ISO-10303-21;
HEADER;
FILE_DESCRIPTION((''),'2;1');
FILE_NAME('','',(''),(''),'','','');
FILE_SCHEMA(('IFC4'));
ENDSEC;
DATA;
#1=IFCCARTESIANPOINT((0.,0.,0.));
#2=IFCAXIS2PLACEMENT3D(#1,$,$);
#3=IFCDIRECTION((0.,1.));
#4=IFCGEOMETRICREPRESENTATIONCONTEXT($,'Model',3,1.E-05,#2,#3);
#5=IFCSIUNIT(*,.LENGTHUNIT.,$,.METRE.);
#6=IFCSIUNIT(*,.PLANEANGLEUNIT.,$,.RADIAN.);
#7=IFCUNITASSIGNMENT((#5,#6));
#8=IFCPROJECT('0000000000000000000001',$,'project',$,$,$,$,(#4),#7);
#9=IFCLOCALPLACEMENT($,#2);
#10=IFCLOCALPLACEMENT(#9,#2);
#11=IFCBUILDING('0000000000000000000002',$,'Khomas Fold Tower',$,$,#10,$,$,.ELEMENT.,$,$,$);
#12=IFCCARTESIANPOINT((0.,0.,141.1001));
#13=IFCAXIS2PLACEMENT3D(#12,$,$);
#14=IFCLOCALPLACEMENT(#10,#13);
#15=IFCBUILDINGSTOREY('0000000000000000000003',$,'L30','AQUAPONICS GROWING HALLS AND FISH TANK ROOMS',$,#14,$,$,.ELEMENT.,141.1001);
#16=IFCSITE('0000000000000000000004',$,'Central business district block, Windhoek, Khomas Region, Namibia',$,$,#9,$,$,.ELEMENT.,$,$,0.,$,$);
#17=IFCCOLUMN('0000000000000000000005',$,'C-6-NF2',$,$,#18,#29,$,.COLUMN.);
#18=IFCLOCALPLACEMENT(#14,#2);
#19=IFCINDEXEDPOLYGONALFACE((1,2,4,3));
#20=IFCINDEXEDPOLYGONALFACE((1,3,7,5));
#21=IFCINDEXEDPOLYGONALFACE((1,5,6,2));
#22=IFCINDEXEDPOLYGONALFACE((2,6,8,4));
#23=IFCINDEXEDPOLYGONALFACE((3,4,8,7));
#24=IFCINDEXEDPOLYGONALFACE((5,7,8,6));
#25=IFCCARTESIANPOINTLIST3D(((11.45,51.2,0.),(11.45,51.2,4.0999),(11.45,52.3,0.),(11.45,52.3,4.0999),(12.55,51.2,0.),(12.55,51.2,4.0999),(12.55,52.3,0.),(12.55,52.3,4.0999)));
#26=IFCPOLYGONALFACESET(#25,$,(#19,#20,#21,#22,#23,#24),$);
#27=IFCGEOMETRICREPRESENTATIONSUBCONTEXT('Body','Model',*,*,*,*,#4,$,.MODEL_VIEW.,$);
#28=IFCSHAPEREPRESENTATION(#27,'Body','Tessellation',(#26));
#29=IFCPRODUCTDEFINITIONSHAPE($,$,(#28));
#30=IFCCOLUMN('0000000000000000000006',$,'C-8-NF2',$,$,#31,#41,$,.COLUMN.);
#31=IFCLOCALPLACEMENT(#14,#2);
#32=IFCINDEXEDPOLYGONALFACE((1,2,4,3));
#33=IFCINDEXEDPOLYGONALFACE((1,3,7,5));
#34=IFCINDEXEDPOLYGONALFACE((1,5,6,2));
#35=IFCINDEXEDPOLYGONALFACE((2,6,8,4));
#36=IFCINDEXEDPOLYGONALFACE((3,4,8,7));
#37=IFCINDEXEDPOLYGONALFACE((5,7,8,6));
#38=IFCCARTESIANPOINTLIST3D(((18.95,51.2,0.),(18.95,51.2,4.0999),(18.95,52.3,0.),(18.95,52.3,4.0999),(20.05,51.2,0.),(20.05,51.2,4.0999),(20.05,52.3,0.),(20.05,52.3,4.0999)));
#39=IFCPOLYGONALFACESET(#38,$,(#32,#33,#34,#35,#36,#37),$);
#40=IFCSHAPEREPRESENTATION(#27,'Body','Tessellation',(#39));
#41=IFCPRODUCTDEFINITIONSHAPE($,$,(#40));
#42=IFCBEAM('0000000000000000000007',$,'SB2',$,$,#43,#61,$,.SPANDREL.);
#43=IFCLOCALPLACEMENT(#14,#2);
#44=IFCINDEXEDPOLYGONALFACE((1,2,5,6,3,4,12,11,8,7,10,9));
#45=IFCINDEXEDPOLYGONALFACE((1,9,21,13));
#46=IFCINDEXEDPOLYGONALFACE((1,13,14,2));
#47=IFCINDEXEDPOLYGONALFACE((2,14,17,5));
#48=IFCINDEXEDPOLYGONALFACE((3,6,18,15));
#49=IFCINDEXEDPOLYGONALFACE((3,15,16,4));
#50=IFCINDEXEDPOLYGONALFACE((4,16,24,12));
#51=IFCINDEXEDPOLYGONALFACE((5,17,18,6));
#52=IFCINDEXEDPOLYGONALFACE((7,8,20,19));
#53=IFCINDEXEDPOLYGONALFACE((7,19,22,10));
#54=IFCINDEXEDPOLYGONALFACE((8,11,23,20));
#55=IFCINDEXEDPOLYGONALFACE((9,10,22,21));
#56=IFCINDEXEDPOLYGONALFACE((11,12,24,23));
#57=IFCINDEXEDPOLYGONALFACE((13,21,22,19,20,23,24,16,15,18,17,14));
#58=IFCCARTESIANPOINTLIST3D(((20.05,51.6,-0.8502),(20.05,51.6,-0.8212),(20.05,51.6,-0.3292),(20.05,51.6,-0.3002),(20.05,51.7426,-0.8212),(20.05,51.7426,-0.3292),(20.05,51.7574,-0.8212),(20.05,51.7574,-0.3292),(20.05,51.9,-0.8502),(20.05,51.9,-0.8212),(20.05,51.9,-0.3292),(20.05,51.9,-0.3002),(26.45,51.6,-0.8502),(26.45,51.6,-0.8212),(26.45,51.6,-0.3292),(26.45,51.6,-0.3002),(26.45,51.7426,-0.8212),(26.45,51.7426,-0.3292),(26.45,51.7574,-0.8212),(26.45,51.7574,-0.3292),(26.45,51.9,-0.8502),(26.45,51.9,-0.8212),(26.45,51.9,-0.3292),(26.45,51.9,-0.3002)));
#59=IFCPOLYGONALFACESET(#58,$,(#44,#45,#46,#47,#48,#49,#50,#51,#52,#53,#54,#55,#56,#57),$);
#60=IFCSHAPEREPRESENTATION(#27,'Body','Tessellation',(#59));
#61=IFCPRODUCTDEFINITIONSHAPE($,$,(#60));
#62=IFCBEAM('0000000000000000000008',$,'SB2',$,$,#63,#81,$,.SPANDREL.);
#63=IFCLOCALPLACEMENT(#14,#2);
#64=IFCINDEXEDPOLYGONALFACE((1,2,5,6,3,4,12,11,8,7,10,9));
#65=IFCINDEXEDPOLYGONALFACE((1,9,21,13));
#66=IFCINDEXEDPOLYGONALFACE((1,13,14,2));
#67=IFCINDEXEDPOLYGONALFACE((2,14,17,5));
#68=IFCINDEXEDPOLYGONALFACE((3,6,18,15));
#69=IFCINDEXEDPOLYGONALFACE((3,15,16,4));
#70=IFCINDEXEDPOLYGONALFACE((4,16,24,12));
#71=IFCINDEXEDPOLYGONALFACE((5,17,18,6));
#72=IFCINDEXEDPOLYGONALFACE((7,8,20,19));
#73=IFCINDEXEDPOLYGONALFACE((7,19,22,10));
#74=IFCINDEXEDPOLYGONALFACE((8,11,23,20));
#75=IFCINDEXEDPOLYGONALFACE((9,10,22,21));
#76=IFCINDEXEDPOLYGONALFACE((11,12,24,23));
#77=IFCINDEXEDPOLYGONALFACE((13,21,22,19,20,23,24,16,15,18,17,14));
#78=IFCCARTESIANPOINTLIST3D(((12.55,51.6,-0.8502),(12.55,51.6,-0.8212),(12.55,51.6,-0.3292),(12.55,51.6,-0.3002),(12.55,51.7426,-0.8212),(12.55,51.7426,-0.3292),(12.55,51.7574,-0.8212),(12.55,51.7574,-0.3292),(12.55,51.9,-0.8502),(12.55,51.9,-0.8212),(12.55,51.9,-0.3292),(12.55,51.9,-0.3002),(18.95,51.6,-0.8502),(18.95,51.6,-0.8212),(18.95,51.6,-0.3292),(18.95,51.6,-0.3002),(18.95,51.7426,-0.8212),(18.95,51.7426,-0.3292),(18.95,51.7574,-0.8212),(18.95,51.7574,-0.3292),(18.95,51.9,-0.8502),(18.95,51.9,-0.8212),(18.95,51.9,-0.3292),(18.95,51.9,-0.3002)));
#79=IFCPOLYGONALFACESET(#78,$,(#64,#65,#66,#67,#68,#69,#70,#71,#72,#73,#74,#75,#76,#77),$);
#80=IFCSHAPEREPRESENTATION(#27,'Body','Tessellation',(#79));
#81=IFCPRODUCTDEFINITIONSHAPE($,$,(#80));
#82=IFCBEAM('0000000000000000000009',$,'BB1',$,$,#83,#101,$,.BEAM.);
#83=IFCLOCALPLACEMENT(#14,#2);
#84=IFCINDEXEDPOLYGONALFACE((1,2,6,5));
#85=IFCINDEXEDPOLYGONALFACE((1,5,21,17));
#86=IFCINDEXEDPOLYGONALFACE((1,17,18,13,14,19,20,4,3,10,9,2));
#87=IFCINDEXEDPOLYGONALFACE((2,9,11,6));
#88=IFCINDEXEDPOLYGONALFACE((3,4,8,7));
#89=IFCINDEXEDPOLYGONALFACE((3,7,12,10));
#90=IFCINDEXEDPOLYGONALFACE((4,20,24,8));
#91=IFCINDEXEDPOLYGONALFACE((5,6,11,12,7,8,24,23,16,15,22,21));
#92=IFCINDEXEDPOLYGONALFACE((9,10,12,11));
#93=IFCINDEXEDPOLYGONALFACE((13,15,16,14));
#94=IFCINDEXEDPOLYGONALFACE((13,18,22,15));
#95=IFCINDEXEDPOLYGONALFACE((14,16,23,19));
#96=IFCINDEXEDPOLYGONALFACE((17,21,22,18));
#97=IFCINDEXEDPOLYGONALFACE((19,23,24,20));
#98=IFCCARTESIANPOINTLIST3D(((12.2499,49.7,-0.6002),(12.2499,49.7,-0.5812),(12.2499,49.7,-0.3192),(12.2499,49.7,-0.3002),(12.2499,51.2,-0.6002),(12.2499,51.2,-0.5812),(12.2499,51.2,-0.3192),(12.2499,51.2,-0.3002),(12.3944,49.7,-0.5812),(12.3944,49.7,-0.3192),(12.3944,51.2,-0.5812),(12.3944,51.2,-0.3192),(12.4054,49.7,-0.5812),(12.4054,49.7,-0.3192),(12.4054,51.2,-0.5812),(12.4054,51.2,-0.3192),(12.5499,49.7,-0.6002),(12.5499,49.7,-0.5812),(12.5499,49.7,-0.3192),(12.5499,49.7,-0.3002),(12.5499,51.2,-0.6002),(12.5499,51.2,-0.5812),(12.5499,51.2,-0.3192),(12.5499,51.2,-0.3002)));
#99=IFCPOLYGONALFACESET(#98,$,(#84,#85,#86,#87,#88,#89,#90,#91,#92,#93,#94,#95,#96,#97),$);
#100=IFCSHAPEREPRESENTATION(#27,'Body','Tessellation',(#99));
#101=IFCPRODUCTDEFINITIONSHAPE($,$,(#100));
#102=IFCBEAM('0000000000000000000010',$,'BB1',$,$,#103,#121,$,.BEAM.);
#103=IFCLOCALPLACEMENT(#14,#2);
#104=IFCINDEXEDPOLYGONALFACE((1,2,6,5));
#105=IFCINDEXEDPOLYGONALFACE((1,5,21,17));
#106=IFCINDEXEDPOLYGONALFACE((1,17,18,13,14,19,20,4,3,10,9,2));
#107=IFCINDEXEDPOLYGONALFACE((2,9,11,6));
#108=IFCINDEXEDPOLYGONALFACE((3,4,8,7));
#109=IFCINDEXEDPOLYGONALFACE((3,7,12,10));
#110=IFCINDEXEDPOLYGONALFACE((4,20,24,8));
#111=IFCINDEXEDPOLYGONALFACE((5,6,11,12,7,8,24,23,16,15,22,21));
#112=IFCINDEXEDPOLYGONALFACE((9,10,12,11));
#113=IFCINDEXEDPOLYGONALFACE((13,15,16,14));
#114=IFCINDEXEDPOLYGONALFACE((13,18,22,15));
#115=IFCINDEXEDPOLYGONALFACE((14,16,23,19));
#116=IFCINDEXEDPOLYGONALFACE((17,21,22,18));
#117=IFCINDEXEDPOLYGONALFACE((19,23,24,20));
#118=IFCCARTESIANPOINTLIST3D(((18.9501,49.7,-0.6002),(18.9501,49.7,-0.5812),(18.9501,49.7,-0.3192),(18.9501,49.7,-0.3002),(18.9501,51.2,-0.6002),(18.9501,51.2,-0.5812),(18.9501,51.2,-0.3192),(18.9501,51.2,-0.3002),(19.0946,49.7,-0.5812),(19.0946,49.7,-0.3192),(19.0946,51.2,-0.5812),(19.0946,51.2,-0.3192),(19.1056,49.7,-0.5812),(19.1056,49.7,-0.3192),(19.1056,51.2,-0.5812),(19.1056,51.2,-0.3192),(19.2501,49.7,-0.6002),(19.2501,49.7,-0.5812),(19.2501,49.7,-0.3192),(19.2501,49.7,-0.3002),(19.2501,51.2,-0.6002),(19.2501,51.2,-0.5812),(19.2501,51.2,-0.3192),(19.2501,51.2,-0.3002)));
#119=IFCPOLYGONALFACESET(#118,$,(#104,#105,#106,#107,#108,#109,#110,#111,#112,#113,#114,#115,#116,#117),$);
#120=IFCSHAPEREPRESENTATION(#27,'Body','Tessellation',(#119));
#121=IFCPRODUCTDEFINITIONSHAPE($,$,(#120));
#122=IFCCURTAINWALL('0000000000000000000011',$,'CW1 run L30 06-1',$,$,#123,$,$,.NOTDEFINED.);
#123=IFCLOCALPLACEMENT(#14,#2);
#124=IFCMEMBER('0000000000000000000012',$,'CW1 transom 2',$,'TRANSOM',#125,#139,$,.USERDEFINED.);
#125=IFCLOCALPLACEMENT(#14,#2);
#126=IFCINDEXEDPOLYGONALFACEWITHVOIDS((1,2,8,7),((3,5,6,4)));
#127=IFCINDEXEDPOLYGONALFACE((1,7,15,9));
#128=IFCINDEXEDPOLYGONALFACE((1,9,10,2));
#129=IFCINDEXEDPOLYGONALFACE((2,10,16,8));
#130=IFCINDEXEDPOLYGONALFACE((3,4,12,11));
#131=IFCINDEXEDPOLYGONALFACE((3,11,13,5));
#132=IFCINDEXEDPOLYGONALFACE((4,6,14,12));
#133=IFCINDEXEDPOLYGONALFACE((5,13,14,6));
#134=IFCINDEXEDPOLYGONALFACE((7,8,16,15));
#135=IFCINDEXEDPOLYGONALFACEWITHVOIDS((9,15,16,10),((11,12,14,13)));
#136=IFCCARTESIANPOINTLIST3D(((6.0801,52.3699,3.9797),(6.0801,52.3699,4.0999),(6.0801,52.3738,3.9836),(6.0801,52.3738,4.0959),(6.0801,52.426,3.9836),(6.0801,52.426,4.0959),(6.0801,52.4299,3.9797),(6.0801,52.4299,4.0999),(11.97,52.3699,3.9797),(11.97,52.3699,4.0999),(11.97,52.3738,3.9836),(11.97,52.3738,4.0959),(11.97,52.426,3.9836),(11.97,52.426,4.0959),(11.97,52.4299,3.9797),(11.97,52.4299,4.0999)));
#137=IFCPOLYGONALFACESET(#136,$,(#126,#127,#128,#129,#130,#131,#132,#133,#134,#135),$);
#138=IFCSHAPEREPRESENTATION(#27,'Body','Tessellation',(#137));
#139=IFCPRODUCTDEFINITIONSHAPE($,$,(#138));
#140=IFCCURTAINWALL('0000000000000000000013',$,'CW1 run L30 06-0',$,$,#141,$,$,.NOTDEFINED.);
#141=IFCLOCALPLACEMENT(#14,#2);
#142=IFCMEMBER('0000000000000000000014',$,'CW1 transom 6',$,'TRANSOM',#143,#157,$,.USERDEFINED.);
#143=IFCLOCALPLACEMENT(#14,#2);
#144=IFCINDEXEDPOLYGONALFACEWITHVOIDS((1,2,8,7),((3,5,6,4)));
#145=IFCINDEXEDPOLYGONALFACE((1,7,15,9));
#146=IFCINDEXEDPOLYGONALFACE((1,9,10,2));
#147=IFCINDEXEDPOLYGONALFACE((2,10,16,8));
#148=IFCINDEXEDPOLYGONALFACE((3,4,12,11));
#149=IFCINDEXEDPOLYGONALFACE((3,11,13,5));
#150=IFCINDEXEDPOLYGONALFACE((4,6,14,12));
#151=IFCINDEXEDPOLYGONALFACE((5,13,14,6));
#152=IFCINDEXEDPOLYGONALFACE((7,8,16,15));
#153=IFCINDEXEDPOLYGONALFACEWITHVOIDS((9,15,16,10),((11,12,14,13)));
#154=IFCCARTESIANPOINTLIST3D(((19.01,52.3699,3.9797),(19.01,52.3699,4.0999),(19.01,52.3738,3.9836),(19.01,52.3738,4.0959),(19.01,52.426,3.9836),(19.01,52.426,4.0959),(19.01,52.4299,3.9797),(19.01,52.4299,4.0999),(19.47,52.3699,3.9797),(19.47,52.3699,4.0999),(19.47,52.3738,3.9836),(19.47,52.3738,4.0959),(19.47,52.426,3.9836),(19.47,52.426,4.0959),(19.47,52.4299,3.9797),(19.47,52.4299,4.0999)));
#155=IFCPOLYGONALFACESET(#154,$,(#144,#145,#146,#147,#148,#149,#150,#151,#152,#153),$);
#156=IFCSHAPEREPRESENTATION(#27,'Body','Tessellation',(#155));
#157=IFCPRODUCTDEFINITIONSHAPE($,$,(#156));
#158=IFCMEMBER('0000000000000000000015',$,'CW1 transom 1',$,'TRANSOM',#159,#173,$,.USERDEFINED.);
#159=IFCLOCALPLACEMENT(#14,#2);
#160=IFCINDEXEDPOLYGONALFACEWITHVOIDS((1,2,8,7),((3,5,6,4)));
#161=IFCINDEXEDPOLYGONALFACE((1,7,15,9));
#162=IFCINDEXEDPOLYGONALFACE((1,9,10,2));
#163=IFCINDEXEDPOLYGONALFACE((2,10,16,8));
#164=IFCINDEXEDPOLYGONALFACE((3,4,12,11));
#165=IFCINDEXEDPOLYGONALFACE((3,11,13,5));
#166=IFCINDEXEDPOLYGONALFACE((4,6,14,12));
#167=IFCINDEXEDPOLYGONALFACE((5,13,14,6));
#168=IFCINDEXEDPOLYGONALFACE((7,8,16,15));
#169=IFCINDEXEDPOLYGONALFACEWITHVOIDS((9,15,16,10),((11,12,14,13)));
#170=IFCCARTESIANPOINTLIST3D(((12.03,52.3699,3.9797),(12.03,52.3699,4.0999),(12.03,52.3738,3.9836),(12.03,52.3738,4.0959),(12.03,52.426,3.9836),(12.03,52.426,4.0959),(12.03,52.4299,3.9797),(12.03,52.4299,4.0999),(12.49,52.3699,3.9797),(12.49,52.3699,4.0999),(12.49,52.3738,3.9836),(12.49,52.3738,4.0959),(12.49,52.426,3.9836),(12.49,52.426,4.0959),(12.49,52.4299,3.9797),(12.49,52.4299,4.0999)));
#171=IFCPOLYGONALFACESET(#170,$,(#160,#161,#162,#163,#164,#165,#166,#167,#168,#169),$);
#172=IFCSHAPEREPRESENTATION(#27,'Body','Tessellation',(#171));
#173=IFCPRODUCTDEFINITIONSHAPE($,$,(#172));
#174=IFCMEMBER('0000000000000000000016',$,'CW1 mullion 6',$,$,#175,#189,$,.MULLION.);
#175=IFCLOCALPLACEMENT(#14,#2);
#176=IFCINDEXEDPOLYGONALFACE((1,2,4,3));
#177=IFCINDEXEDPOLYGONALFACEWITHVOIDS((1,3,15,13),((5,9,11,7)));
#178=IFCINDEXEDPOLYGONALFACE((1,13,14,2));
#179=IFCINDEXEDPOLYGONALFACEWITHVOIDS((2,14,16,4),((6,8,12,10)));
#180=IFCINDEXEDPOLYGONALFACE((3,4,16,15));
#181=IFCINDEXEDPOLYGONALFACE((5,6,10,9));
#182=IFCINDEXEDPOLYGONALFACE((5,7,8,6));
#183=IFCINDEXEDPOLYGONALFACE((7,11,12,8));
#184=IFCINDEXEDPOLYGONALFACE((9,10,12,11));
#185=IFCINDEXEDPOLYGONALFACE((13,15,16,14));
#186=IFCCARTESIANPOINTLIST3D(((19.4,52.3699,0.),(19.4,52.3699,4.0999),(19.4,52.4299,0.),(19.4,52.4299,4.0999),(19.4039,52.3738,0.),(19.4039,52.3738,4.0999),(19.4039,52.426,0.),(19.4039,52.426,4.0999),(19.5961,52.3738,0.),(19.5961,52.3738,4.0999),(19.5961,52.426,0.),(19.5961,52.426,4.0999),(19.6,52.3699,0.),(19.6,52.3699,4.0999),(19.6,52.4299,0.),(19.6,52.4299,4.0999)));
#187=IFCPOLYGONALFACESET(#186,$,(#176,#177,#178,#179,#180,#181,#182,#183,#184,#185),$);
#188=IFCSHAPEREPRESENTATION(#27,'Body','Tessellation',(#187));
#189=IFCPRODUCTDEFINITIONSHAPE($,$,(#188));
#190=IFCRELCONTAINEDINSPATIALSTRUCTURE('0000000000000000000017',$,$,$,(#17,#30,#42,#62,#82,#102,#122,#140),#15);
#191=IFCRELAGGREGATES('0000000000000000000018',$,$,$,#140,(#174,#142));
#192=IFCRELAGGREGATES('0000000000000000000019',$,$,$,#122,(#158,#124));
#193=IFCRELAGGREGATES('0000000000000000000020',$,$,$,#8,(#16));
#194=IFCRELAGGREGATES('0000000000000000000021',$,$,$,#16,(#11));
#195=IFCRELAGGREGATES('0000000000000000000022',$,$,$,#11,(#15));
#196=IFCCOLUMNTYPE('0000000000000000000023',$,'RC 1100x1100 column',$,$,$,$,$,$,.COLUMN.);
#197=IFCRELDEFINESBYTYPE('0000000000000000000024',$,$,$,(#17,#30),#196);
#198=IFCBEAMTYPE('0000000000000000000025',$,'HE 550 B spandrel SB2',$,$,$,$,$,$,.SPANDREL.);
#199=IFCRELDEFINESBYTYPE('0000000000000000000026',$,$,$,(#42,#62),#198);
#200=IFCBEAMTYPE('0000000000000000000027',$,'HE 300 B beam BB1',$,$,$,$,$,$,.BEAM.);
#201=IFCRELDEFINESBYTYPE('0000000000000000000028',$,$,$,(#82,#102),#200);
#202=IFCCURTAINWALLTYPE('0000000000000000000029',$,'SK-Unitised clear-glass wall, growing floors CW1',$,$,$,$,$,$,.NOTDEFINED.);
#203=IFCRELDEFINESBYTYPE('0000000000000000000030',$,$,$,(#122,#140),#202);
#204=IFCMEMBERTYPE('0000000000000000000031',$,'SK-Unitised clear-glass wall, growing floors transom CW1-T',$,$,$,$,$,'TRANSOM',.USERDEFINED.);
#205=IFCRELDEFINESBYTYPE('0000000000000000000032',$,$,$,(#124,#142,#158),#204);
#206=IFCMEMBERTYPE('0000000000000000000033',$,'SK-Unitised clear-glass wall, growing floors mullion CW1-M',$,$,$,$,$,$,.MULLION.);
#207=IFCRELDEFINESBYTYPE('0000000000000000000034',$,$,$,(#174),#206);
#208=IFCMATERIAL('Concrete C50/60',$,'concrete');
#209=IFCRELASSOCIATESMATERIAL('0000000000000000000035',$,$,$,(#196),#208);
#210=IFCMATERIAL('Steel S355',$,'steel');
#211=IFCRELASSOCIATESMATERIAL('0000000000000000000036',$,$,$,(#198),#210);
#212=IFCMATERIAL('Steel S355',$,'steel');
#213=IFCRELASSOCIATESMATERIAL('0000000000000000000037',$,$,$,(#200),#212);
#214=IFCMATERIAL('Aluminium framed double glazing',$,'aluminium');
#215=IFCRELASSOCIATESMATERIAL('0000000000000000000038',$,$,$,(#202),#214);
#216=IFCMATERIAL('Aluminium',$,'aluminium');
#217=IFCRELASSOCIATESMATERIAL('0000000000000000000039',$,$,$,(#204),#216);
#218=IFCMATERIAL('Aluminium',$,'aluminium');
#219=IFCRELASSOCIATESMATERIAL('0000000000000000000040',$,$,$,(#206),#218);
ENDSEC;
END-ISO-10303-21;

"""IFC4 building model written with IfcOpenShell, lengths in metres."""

from ifc_helpers import new_model, si_unit, direction, frame, origin, origin_2d, place, context, subcontext, project, spatial, rectangle, hollow_rectangle, i_section, extrude, source, transform, mapped, material, material_profile, profile_set, type_object, element, aggregate, save


model = new_model("IFC4")

# Units and contexts
model_context = context("Model", 3, precision=1e-05, world=origin(), true_north=direction((0.0, 1.0)))
body_context = subcontext(model_context, "Body", "Model", "MODEL_VIEW")
ifc_project = project(units=[si_unit("LENGTHUNIT", "METRE"), si_unit("PLANEANGLEUNIT", "RADIAN")], contexts=[model_context])

# Site, building, storey
site_placement = place(None, origin())
site = spatial("IfcSite", under=ifc_project, at=site_placement, Name="Central business district block, Windhoek, Khomas Region, Namibia", CompositionType="ELEMENT", RefElevation=0.0)
building_placement = place(site_placement, origin())
building = spatial("IfcBuilding", under=site, at=building_placement, Name="Khomas Fold Tower", CompositionType="ELEMENT")
storey_placement = place(building_placement, frame((0.0, 0.0, 141.1001)))
storey = spatial("IfcBuildingStorey", under=building, at=storey_placement, Name="L30", Description="AQUAPONICS GROWING HALLS AND FISH TANK ROOMS", CompositionType="ELEMENT", Elevation=141.1001)

# Columns
ifc_material_1 = material(Name="Concrete C50/60", Category="concrete")
ifc_material_profile_1 = material_profile(ifc_material_1, rectangle(XDim=1.1001, YDim=1.1001, at=origin_2d()), Name="RC 1100x1100")
ifc_profile_set_1 = profile_set([ifc_material_profile_1], Name="Concrete C50/60")
column_type = type_object("IfcColumnType", Name="RC 1100x1100 column", PredefinedType="COLUMN", material=ifc_profile_set_1)
shared_shape_1 = source(origin(), body_context, "Body", "SweptSolid", [
    extrude(rectangle(XDim=1.1001, YDim=1.1001, at=origin_2d()), origin(), (0.0, 0.0, 1.0), 4.0999),
])
for number, where, z_axis, x_axis, name in (
    (1, (12.0, 51.75, 0.0), (0.0, 0.0, 1.0), (1.0, 0.0, 0.0), "C-6-NF2"),
    (2, (19.5, 51.75, 0.0), (0.0, 0.0, 1.0), (1.0, 0.0, 0.0), "C-8-NF2"),
):
    element("IfcColumn", number, at=place(storey_placement, frame(where, z_axis=z_axis, x_axis=x_axis)), inside=storey, type_object=column_type, Name=name, PredefinedType="COLUMN", context=body_context, shape_type="MappedRepresentation", body=[
        mapped(shared_shape_1, transform((0.0, 0.0, 0.0))),
    ])

# Beams
ifc_material_2 = material(Name="Steel S355", Category="steel")
ifc_material_profile_2 = material_profile(ifc_material_2, i_section(OverallWidth=0.3, OverallDepth=0.55, WebThickness=0.0149, FlangeThickness=0.0291, at=origin_2d()), Name="HE 550 B")
ifc_profile_set_2 = profile_set([ifc_material_profile_2], Name="Steel S355")
beam_type_1 = type_object("IfcBeamType", Name="HE 550 B spandrel SB2", PredefinedType="SPANDREL", material=ifc_profile_set_2)
shared_shape_2 = source(origin(), body_context, "Body", "SweptSolid", [
    extrude(i_section(OverallWidth=0.3, OverallDepth=0.55, WebThickness=0.0149, FlangeThickness=0.0291, at=origin_2d()), origin(), (0.0, 0.0, 1.0), 6.3999),
])
for number, where, z_axis, x_axis, name in (
    (3, (20.05, 51.75, -0.5752), (1.0, 0.0, 0.0), (0.0, 1.0, 0.0), "SB2"),
    (4, (12.55, 51.75, -0.5752), (1.0, 0.0, 0.0), (0.0, 1.0, 0.0), "SB2"),
):
    element("IfcBeam", number, at=place(storey_placement, frame(where, z_axis=z_axis, x_axis=x_axis)), inside=storey, type_object=beam_type_1, Name=name, PredefinedType="SPANDREL", context=body_context, shape_type="MappedRepresentation", body=[
        mapped(shared_shape_2, transform((0.0, 0.0, 0.0))),
    ])
ifc_material_3 = material(Name="Steel S355", Category="steel")
ifc_material_profile_3 = material_profile(ifc_material_3, i_section(OverallWidth=0.3, OverallDepth=0.3, WebThickness=0.011, FlangeThickness=0.019, at=origin_2d()), Name="HE 300 B")
ifc_profile_set_3 = profile_set([ifc_material_profile_3], Name="Steel S355")
beam_type_2 = type_object("IfcBeamType", Name="HE 300 B beam BB1", PredefinedType="BEAM", material=ifc_profile_set_3)
shared_shape_3 = source(origin(), body_context, "Body", "SweptSolid", [
    extrude(i_section(OverallWidth=0.3, OverallDepth=0.3, WebThickness=0.011, FlangeThickness=0.019, at=origin_2d()), origin(), (0.0, 0.0, 1.0), 1.5),
])
for number, where, z_axis, x_axis, name in (
    (5, (12.3999, 49.7, -0.4502), (0.0, 1.0, 0.0), (-1.0, 0.0, 0.0), "BB1"),
    (6, (19.1001, 49.7, -0.4502), (0.0, 1.0, 0.0), (-1.0, 0.0, 0.0), "BB1"),
):
    element("IfcBeam", number, at=place(storey_placement, frame(where, z_axis=z_axis, x_axis=x_axis)), inside=storey, type_object=beam_type_2, Name=name, PredefinedType="BEAM", context=body_context, shape_type="MappedRepresentation", body=[
        mapped(shared_shape_3, transform((0.0, 0.0, 0.0))),
    ])

# Curtain walls, members
ifc_material_4 = material(Name="Aluminium framed double glazing", Category="aluminium")
curtain_wall_type = type_object("IfcCurtainWallType", Name="SK-Unitised clear-glass wall, growing floors CW1", PredefinedType="NOTDEFINED", material=ifc_material_4)
curtain_wall_1_placement = place(storey_placement, origin())
curtain_wall_1 = element("IfcCurtainWall", 7, at=curtain_wall_1_placement, inside=storey, type_object=curtain_wall_type, Name="CW1 run L30 06-1", PredefinedType="NOTDEFINED")
ifc_material_5 = material(Name="Aluminium", Category="aluminium")
ifc_material_profile_4 = material_profile(ifc_material_5, hollow_rectangle(XDim=0.0601, YDim=0.1201, WallThickness=0.0039, at=origin_2d()), Name="SK-Unitised clear-glass wall, growing floors transom CW1-T")
ifc_profile_set_4 = profile_set([ifc_material_profile_4], Name="Aluminium")
member_type_1 = type_object("IfcMemberType", Name="SK-Unitised clear-glass wall, growing floors transom CW1-T", ElementType="TRANSOM", PredefinedType="USERDEFINED", material=ifc_profile_set_4)
shared_shape_4 = source(origin(), body_context, "Body", "SweptSolid", [
    extrude(hollow_rectangle(XDim=0.0601, YDim=0.1201, WallThickness=0.0039, at=origin_2d()), origin(), (0.0, 0.0, 1.0), 5.8899),
])
member_1_placement = place(storey_placement, frame((11.97, 52.3999, 4.0398), z_axis=(-1.0, 0.0, 0.0), x_axis=(0.0, -1.0, 0.0)))
member_1 = element("IfcMember", 8, at=member_1_placement, type_object=member_type_1, Name="CW1 transom 2", ObjectType="TRANSOM", PredefinedType="USERDEFINED", context=body_context, shape_type="MappedRepresentation", body=[
    mapped(shared_shape_4, transform((0.0, 0.0, 0.0))),
])
curtain_wall_2_placement = place(storey_placement, origin())
curtain_wall_2 = element("IfcCurtainWall", 9, at=curtain_wall_2_placement, inside=storey, type_object=curtain_wall_type, Name="CW1 run L30 06-0", PredefinedType="NOTDEFINED")
shared_shape_5 = source(origin(), body_context, "Body", "SweptSolid", [
    extrude(hollow_rectangle(XDim=0.0601, YDim=0.1201, WallThickness=0.0039, at=origin_2d()), origin(), (0.0, 0.0, 1.0), 0.46),
])
member_2_placement = place(storey_placement, frame((19.47, 52.3999, 4.0398), z_axis=(-1.0, 0.0, 0.0), x_axis=(0.0, -1.0, 0.0)))
member_2 = element("IfcMember", 10, at=member_2_placement, type_object=member_type_1, Name="CW1 transom 6", ObjectType="TRANSOM", PredefinedType="USERDEFINED", context=body_context, shape_type="MappedRepresentation", body=[
    mapped(shared_shape_5, transform((0.0, 0.0, 0.0))),
])

# Members
member_3_placement = place(storey_placement, frame((12.49, 52.3999, 4.0398), z_axis=(-1.0, 0.0, 0.0), x_axis=(0.0, -1.0, 0.0)))
member_3 = element("IfcMember", 11, at=member_3_placement, type_object=member_type_1, Name="CW1 transom 1", ObjectType="TRANSOM", PredefinedType="USERDEFINED", context=body_context, shape_type="MappedRepresentation", body=[
    mapped(shared_shape_5, transform((0.0, 0.0, 0.0))),
])
ifc_material_6 = material(Name="Aluminium", Category="aluminium")
ifc_material_profile_5 = material_profile(ifc_material_6, hollow_rectangle(XDim=0.0601, YDim=0.2, WallThickness=0.0039, at=origin_2d()), Name="SK-Unitised clear-glass wall, growing floors mullion CW1-M")
ifc_profile_set_5 = profile_set([ifc_material_profile_5], Name="Aluminium")
member_type_2 = type_object("IfcMemberType", Name="SK-Unitised clear-glass wall, growing floors mullion CW1-M", PredefinedType="MULLION", material=ifc_profile_set_5)
shared_shape_6 = source(origin(), body_context, "Body", "SweptSolid", [
    extrude(hollow_rectangle(XDim=0.0601, YDim=0.2, WallThickness=0.0039, at=origin_2d()), origin(), (0.0, 0.0, 1.0), 4.0999),
])
member_4_placement = place(storey_placement, frame((19.5, 52.3999, 0.0), z_axis=(0.0, 0.0, 1.0), x_axis=(0.0, -1.0, 0.0)))
member_4 = element("IfcMember", 12, at=member_4_placement, type_object=member_type_2, Name="CW1 mullion 6", PredefinedType="MULLION", context=body_context, shape_type="MappedRepresentation", body=[
    mapped(shared_shape_6, transform((0.0, 0.0, 0.0))),
])

aggregate(curtain_wall_2, [member_4, member_2])
aggregate(curtain_wall_1, [member_3, member_1])

save(model, "model.ifc")
